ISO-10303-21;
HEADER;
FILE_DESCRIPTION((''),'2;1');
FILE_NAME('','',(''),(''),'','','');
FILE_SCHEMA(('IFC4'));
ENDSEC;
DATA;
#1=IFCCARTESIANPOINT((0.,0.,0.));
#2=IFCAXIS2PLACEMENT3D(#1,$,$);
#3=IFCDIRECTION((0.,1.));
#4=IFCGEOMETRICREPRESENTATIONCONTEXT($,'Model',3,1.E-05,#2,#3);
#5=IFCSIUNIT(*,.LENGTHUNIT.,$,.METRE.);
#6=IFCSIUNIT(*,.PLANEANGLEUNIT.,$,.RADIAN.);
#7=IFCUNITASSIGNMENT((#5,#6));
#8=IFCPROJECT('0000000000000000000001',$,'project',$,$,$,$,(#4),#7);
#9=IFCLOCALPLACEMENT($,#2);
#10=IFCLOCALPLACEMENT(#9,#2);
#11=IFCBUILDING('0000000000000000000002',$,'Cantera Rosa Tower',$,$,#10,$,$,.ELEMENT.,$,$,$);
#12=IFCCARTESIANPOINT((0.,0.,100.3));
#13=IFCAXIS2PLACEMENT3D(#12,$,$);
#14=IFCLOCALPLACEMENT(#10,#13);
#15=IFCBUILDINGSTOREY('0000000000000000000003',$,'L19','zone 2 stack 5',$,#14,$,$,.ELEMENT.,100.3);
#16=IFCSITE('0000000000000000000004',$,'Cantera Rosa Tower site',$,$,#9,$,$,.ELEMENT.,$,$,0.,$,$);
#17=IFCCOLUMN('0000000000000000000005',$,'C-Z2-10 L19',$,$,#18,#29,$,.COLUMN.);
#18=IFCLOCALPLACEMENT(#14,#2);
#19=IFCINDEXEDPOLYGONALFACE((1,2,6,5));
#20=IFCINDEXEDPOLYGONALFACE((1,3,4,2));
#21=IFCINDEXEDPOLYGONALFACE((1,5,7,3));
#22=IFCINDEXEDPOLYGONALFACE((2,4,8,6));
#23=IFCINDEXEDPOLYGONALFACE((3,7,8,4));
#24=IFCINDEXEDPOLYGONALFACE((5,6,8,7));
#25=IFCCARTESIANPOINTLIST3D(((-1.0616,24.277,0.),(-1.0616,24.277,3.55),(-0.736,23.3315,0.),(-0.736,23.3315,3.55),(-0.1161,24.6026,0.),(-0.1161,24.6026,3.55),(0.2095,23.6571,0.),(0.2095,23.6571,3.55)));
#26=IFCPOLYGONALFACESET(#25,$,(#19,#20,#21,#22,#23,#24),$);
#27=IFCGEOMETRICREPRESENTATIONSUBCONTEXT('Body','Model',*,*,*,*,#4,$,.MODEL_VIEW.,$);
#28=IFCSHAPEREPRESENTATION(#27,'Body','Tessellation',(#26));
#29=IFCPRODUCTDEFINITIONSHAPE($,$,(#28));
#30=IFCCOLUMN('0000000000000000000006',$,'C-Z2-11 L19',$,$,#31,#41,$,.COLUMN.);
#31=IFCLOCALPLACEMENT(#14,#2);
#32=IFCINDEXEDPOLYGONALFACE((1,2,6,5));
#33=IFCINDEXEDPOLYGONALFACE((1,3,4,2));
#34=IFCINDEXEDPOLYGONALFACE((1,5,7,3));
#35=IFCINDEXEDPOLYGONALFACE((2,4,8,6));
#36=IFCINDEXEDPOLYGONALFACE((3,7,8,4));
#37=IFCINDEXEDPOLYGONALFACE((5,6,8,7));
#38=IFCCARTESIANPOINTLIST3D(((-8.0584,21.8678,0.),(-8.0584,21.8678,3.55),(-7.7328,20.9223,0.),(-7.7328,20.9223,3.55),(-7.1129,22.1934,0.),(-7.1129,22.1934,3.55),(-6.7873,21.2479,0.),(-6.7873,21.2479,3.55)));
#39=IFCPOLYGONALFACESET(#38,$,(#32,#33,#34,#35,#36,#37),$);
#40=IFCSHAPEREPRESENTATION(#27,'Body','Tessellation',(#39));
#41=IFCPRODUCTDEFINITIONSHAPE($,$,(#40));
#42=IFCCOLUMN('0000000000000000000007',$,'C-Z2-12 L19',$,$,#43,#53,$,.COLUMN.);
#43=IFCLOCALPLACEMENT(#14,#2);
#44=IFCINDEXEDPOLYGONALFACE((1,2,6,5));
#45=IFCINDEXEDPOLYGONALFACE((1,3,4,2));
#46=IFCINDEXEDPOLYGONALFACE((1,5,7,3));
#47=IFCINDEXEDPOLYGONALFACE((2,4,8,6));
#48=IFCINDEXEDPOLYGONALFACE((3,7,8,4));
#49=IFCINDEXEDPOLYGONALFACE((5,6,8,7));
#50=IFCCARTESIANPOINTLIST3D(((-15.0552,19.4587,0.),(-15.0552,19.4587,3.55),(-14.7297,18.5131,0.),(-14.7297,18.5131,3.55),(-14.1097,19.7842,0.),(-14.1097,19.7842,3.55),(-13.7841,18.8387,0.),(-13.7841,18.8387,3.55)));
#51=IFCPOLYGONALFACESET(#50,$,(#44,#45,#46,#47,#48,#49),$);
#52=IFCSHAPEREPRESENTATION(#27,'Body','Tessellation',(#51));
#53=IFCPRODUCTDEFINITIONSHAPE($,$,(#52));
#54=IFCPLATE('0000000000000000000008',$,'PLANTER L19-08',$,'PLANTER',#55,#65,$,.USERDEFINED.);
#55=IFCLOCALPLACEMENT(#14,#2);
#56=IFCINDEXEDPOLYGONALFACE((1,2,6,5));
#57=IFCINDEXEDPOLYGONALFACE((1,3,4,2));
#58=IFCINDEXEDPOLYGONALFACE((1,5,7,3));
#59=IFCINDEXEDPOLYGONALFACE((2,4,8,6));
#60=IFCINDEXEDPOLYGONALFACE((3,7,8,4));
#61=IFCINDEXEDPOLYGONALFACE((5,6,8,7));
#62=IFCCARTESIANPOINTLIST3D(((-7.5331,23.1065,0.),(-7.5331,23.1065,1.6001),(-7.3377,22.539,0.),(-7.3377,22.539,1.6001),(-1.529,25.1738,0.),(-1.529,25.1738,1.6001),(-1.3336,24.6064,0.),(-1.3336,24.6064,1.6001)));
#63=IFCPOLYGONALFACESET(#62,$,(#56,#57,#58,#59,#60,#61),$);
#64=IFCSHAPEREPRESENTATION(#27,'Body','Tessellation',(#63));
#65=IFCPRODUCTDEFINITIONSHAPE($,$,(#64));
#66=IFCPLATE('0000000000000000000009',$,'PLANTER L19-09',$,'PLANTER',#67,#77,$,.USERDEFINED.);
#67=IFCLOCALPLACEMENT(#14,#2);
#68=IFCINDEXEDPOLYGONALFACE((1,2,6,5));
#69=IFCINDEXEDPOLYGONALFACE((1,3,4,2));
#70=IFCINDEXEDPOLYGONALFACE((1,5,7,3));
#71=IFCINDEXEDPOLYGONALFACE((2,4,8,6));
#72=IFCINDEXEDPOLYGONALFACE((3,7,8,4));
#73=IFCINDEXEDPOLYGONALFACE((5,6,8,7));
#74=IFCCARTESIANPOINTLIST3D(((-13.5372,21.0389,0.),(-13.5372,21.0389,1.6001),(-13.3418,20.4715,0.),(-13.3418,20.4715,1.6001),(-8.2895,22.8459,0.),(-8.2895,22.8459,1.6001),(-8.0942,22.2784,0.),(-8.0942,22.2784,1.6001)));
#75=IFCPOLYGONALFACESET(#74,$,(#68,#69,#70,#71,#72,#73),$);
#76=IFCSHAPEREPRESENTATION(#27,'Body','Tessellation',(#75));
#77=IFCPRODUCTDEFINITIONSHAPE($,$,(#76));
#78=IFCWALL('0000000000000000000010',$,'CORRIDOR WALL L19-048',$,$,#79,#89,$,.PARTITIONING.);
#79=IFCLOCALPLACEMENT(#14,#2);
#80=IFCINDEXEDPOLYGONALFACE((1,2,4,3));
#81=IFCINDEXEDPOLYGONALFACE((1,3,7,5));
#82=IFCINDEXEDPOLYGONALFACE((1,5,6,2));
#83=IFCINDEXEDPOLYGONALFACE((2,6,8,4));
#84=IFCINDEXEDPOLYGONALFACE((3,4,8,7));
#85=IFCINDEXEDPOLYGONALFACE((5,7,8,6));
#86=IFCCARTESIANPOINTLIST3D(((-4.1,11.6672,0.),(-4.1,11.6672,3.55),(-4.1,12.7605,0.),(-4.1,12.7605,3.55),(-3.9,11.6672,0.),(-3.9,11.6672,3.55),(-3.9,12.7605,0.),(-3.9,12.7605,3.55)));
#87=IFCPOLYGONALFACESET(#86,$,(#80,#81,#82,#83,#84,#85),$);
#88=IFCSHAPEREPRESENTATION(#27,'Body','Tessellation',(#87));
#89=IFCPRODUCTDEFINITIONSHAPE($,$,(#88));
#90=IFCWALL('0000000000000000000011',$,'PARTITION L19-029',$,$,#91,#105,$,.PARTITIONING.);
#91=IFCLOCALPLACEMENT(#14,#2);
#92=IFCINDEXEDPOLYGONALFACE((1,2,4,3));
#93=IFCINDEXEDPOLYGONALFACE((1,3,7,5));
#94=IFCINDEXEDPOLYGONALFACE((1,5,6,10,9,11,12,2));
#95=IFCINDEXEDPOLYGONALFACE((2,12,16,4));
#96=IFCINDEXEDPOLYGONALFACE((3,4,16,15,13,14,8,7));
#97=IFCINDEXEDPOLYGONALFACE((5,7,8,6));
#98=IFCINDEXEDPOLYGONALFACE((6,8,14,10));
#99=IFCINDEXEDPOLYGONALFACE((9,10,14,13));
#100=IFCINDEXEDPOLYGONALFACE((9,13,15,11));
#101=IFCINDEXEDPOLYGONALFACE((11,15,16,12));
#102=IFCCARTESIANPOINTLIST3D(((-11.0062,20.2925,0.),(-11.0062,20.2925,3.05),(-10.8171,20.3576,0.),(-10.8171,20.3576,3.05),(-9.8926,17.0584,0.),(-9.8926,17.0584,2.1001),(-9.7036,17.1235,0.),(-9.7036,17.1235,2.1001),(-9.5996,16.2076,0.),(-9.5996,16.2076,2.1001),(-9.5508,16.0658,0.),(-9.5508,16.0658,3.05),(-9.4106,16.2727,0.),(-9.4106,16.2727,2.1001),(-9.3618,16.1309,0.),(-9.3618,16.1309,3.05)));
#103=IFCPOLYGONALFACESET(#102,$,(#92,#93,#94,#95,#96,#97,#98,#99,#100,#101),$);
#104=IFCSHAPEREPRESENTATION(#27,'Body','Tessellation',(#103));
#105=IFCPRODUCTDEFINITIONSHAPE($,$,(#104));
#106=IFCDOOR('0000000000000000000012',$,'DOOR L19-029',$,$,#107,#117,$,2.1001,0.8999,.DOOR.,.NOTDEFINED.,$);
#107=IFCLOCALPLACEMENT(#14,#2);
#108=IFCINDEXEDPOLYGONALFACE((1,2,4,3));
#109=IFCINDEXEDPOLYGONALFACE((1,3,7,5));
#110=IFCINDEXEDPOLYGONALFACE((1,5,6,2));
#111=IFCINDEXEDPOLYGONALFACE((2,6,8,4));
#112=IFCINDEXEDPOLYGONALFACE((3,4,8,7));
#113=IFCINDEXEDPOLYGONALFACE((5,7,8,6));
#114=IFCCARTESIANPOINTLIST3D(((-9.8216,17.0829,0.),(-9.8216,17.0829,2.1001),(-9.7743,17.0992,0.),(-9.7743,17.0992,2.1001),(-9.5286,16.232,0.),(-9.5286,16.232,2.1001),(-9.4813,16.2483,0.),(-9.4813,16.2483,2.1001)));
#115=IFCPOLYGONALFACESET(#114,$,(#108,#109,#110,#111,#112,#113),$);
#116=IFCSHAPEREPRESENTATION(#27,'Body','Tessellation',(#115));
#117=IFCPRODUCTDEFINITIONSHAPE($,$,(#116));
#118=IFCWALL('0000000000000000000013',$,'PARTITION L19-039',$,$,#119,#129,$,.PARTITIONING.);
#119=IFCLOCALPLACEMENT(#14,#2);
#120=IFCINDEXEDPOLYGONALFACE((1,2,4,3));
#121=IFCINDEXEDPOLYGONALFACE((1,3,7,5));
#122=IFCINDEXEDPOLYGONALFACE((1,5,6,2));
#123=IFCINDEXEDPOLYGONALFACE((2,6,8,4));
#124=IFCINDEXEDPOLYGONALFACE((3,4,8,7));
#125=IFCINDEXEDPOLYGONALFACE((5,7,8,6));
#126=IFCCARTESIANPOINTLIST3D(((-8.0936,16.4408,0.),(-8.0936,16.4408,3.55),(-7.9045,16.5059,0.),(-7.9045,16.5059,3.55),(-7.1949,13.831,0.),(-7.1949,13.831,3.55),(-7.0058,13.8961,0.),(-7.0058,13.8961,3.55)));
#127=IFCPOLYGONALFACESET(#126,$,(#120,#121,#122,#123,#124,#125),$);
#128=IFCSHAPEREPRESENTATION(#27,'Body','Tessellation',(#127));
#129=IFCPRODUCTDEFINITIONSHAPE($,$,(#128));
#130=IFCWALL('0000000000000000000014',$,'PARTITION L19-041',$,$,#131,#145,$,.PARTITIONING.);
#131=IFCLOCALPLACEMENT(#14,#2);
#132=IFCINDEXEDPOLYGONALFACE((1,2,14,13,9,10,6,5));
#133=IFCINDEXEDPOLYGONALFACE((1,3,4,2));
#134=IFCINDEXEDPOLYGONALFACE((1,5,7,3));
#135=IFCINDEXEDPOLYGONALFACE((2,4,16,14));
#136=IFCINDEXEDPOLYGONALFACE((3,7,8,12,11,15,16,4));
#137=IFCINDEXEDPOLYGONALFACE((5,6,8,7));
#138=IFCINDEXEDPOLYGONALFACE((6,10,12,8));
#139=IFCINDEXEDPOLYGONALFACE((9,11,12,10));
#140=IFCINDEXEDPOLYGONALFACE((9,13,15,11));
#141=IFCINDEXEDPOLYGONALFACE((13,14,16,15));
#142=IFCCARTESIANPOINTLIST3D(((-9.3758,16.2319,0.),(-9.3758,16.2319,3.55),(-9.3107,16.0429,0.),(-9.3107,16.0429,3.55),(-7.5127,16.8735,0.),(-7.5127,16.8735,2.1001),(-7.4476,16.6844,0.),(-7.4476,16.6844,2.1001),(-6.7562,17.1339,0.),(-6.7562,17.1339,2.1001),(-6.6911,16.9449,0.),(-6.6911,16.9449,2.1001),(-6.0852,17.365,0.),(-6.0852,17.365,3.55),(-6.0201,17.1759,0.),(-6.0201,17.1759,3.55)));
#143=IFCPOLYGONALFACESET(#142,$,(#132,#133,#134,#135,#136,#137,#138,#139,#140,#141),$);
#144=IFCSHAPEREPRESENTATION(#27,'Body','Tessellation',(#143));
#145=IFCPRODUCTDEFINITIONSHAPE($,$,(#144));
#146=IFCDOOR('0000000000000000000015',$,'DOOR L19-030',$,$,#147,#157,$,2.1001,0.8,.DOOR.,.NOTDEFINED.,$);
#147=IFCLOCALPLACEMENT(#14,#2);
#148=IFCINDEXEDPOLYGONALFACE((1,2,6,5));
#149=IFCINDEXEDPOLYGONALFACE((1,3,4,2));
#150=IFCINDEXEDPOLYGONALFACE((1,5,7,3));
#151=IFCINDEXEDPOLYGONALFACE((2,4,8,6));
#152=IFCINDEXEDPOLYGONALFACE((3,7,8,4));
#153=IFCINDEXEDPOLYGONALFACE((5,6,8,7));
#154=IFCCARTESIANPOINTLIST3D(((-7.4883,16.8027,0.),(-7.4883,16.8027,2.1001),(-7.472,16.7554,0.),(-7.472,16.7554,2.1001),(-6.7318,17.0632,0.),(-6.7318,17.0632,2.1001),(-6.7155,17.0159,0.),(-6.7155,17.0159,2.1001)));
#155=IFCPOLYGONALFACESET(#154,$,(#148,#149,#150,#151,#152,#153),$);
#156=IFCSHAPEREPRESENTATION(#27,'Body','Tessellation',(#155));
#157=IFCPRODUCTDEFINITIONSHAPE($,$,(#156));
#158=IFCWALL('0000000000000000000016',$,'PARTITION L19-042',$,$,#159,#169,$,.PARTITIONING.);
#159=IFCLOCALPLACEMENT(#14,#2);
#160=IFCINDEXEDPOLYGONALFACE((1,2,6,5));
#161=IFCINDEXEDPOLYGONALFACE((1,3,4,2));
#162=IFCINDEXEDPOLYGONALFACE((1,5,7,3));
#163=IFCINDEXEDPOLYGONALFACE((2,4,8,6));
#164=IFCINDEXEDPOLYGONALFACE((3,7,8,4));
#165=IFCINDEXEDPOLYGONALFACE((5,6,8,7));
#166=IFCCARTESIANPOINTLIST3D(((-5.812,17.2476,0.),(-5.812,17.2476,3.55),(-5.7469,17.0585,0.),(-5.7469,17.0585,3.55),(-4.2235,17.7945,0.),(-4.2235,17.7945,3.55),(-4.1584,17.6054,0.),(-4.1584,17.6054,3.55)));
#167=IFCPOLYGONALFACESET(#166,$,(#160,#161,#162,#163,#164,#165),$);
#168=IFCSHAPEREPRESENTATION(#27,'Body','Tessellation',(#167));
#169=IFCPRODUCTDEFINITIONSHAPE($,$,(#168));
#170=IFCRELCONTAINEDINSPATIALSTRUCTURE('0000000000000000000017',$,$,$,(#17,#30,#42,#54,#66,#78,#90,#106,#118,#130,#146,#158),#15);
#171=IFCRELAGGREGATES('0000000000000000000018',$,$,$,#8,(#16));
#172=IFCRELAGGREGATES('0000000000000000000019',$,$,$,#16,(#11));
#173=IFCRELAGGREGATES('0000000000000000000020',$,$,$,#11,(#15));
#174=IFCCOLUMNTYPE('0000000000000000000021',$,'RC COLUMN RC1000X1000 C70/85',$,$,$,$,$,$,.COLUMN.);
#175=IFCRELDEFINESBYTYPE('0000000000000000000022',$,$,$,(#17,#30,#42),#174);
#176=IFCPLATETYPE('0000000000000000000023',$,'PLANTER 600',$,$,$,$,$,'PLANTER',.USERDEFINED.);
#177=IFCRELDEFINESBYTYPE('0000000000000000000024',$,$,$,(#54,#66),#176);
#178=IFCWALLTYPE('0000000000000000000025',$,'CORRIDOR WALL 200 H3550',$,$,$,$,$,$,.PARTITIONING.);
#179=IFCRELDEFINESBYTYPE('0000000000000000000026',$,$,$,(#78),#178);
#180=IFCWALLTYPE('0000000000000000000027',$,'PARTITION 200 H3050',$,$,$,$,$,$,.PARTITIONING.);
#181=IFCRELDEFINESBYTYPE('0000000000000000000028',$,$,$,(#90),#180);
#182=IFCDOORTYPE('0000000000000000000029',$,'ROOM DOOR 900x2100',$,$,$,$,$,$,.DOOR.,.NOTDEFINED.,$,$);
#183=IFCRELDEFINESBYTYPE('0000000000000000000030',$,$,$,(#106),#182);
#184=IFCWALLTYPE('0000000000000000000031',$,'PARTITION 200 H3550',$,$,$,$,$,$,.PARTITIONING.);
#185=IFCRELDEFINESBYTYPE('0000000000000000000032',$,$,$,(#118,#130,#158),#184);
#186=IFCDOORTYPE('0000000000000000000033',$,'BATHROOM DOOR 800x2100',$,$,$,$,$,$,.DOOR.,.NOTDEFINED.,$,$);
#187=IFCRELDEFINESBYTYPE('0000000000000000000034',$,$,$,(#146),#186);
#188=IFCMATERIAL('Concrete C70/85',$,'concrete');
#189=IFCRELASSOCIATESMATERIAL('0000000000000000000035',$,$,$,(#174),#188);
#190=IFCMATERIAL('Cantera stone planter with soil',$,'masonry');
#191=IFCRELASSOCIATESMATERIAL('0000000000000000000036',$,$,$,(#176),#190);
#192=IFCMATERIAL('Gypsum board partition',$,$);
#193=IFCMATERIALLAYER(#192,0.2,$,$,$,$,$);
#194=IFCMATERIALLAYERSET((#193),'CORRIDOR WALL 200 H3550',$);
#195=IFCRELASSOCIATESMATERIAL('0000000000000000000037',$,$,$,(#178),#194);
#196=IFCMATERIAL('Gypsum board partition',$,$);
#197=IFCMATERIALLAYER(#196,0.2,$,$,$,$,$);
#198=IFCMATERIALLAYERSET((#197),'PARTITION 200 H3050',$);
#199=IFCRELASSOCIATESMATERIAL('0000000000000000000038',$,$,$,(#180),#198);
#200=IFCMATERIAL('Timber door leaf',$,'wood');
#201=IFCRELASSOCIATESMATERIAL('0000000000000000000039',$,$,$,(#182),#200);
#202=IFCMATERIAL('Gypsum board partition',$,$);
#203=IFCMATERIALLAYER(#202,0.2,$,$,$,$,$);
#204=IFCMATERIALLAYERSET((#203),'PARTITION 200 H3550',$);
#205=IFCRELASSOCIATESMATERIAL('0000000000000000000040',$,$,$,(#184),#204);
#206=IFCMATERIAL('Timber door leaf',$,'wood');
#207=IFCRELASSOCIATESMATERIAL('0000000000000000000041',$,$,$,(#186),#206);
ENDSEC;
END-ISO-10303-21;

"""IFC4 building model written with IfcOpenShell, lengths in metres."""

from ifc_helpers import new_model, si_unit, direction, frame, frame_2d, origin, origin_2d, place, context, subcontext, project, spatial, rectangle, extrude, material, layer, layer_set, material_profile, profile_set, type_object, element, fill, save


model = new_model("IFC4")

# Units and contexts
model_context = context("Model", 3, precision=1e-05, world=origin(), true_north=direction((0.0, 1.0)))
body_context = subcontext(model_context, "Body", "Model", "MODEL_VIEW")
ifc_project = project(units=[si_unit("LENGTHUNIT", "METRE"), si_unit("PLANEANGLEUNIT", "RADIAN")], contexts=[model_context])

# Site, building, storey
site_placement = place(None, origin())
site = spatial("IfcSite", under=ifc_project, at=site_placement, Name="Cantera Rosa Tower site", CompositionType="ELEMENT", RefElevation=0.0)
building_placement = place(site_placement, origin())
building = spatial("IfcBuilding", under=site, at=building_placement, Name="Cantera Rosa Tower", CompositionType="ELEMENT")
storey_placement = place(building_placement, frame((0.0, 0.0, 100.3)))
storey = spatial("IfcBuildingStorey", under=building, at=storey_placement, Name="L19", Description="zone 2 stack 5", CompositionType="ELEMENT", Elevation=100.3)

# Columns
ifc_material_1 = material(Name="Concrete C70/85", Category="concrete")
ifc_material_profile = material_profile(ifc_material_1, rectangle(XDim=1.0, YDim=1.0, at=origin_2d()), Name="RC COLUMN RC1000X1000 C70/85")
ifc_profile_set = profile_set([ifc_material_profile], Name="Concrete C70/85")
column_type = type_object("IfcColumnType", Name="RC COLUMN RC1000X1000 C70/85", PredefinedType="COLUMN", material=ifc_profile_set)
for number, where, z_axis, x_axis, name in (
    (1, (-0.426, 23.967, 0.0), (0.0, 0.0, 1.0), (0.945519, 0.325568, 0.0), "C-Z2-10 L19"),
    (2, (-7.4229, 21.5579, 0.0), (0.0, 0.0, 1.0), (0.945519, 0.325568, 0.0), "C-Z2-11 L19"),
    (3, (-14.4197, 19.1487, 0.0), (0.0, 0.0, 1.0), (0.945519, 0.325568, 0.0), "C-Z2-12 L19"),
):
    element("IfcColumn", number, at=place(storey_placement, frame(where, z_axis=z_axis, x_axis=x_axis)), inside=storey, type_object=column_type, Name=name, PredefinedType="COLUMN", context=body_context, shape_type="SweptSolid", body=[
        extrude(rectangle(XDim=1.0, YDim=1.0, at=origin_2d()), origin(), (0.0, 0.0, 1.0), 3.55),
    ])

# Plates
ifc_material_2 = material(Name="Cantera stone planter with soil", Category="masonry")
plate_type = type_object("IfcPlateType", Name="PLANTER 600", ElementType="PLANTER", PredefinedType="USERDEFINED", material=ifc_material_2)
plate_1_placement = place(storey_placement, frame((-4.4333, 23.8564, 0.0), z_axis=(0.0, 0.0, 1.0), x_axis=(-0.945519, -0.325568, 0.0)))
element("IfcPlate", 4, at=plate_1_placement, inside=storey, type_object=plate_type, Name="PLANTER L19-08", ObjectType="PLANTER", PredefinedType="USERDEFINED", context=body_context, shape_type="SweptSolid", body=[
    extrude(rectangle(XDim=6.3501, YDim=0.6001, at=origin_2d()), origin(), (0.0, 0.0, 1.0), 1.6001),
])
plate_2_placement = place(storey_placement, frame((-10.8157, 21.6587, 0.0), z_axis=(0.0, 0.0, 1.0), x_axis=(-0.945519, -0.325568, 0.0)))
element("IfcPlate", 5, at=plate_2_placement, inside=storey, type_object=plate_type, Name="PLANTER L19-09", ObjectType="PLANTER", PredefinedType="USERDEFINED", context=body_context, shape_type="SweptSolid", body=[
    extrude(rectangle(XDim=5.55, YDim=0.6001, at=origin_2d()), origin(), (0.0, 0.0, 1.0), 1.6001),
])

# Wall
ifc_material_3 = material(Name="Gypsum board partition")
ifc_layer_1 = layer(ifc_material_3, 0.2)
ifc_layer_set_1 = layer_set([ifc_layer_1], Name="CORRIDOR WALL 200 H3550")
wall_type_1 = type_object("IfcWallType", Name="CORRIDOR WALL 200 H3550", PredefinedType="PARTITIONING", material=ifc_layer_set_1)
wall_1_placement = place(storey_placement, frame((-4.0, 12.7605, 0.0), z_axis=(0.0, 0.0, 1.0), x_axis=(0.0, -1.0, 0.0)))
element("IfcWall", 6, at=wall_1_placement, inside=storey, type_object=wall_type_1, Name="CORRIDOR WALL L19-048", PredefinedType="PARTITIONING", context=body_context, shape_type="SweptSolid", body=[
    extrude(rectangle(XDim=1.0933, YDim=0.2, at=frame_2d((0.5466, 0.0))), origin(), (0.0, 0.0, 1.0), 3.55),
])

# Wall, opening, door
ifc_material_4 = material(Name="Gypsum board partition")
ifc_layer_2 = layer(ifc_material_4, 0.2)
ifc_layer_set_2 = layer_set([ifc_layer_2], Name="PARTITION 200 H3050")
wall_type_2 = type_object("IfcWallType", Name="PARTITION 200 H3050", PredefinedType="PARTITIONING", material=ifc_layer_set_2)
wall_2_placement = place(storey_placement, frame((-9.4563, 16.0984, 0.0), z_axis=(0.0, 0.0, 1.0), x_axis=(-0.325568, 0.945519, 0.0)))
wall_2 = element("IfcWall", 7, at=wall_2_placement, inside=storey, type_object=wall_type_2, Name="PARTITION L19-029", PredefinedType="PARTITIONING", context=body_context, shape_type="SweptSolid", body=[
    extrude(rectangle(XDim=4.4702, YDim=0.2, at=frame_2d((2.2351, 0.0))), origin(), (0.0, 0.0, 1.0), 3.05),
])
opening_1_placement = place(wall_2_placement, frame((0.1499, 0.0, 0.0)))
opening_1 = element("IfcOpeningElement", 8, at=opening_1_placement, cuts=wall_2, PredefinedType="OPENING", context=body_context, shape_type="SweptSolid", body=[
    extrude(rectangle(XDim=0.8999, YDim=2.1001, at=frame_2d((0.45, 1.05))), frame((0.0, 0.1099, 0.0), z_axis=(0.0, -1.0, 0.0), x_axis=(1.0, 0.0, 0.0)), (0.0, 0.0, 1.0), 0.22),
])
ifc_material_5 = material(Name="Timber door leaf", Category="wood")
door_type_1 = type_object("IfcDoorType", Name="ROOM DOOR 900x2100", OperationType="NOTDEFINED", PredefinedType="DOOR", material=ifc_material_5)
door_1_placement = place(opening_1_placement, origin())
door_1 = element("IfcDoor", 9, at=door_1_placement, inside=storey, type_object=door_type_1, Name="DOOR L19-029", OperationType="NOTDEFINED", OverallHeight=2.1001, OverallWidth=0.8999, PredefinedType="DOOR", context=body_context, shape_type="SweptSolid", body=[
    extrude(rectangle(XDim=0.8999, YDim=2.1001, at=frame_2d((0.45, 1.05))), frame((0.0, 0.0249, 0.0), z_axis=(0.0, -1.0, 0.0), x_axis=(1.0, 0.0, 0.0)), (0.0, 0.0, 1.0), 0.05),
])
fill(opening_1, door_1)

# Wall
ifc_material_6 = material(Name="Gypsum board partition")
ifc_layer_3 = layer(ifc_material_6, 0.2)
ifc_layer_set_3 = layer_set([ifc_layer_3], Name="PARTITION 200 H3550")
wall_type_3 = type_object("IfcWallType", Name="PARTITION 200 H3550", PredefinedType="PARTITIONING", material=ifc_layer_set_3)
wall_3_placement = place(storey_placement, frame((-7.1003, 13.8635, 0.0), z_axis=(0.0, 0.0, 1.0), x_axis=(-0.325579, 0.945515, 0.0)))
element("IfcWall", 10, at=wall_3_placement, inside=storey, type_object=wall_type_3, Name="PARTITION L19-039", PredefinedType="PARTITIONING", context=body_context, shape_type="SweptSolid", body=[
    extrude(rectangle(XDim=2.7603, YDim=0.2, at=frame_2d((1.3801, 0.0))), origin(), (0.0, 0.0, 1.0), 3.55),
])

# Wall, opening, door
wall_4_placement = place(storey_placement, frame((-6.0525, 17.2705, 0.0), z_axis=(0.0, 0.0, 1.0), x_axis=(-0.945515, -0.325578, 0.0)))
wall_4 = element("IfcWall", 11, at=wall_4_placement, inside=storey, type_object=wall_type_3, Name="PARTITION L19-041", PredefinedType="PARTITIONING", context=body_context, shape_type="SweptSolid", body=[
    extrude(rectangle(XDim=3.4802, YDim=0.2, at=frame_2d((1.7402, 0.0))), origin(), (0.0, 0.0, 1.0), 3.55),
])
opening_2_placement = place(wall_4_placement, frame((0.71, 0.0, 0.0)))
opening_2 = element("IfcOpeningElement", 12, at=opening_2_placement, cuts=wall_4, PredefinedType="OPENING", context=body_context, shape_type="SweptSolid", body=[
    extrude(rectangle(XDim=0.8, YDim=2.1001, at=frame_2d((0.3999, 1.05))), frame((0.0, 0.1099, 0.0), z_axis=(0.0, -1.0, 0.0), x_axis=(1.0, 0.0, 0.0)), (0.0, 0.0, 1.0), 0.22),
])
ifc_material_7 = material(Name="Timber door leaf", Category="wood")
door_type_2 = type_object("IfcDoorType", Name="BATHROOM DOOR 800x2100", OperationType="NOTDEFINED", PredefinedType="DOOR", material=ifc_material_7)
door_2_placement = place(opening_2_placement, origin())
door_2 = element("IfcDoor", 13, at=door_2_placement, inside=storey, type_object=door_type_2, Name="DOOR L19-030", OperationType="NOTDEFINED", OverallHeight=2.1001, OverallWidth=0.8, PredefinedType="DOOR", context=body_context, shape_type="SweptSolid", body=[
    extrude(rectangle(XDim=0.8, YDim=2.1001, at=frame_2d((0.3999, 1.05))), frame((0.0, 0.0249, 0.0), z_axis=(0.0, -1.0, 0.0), x_axis=(1.0, 0.0, 0.0)), (0.0, 0.0, 1.0), 0.05),
])
fill(opening_2, door_2)

# Wall
wall_5_placement = place(storey_placement, frame((-5.7793, 17.1531, 0.0), z_axis=(0.0, 0.0, 1.0), x_axis=(0.945527, 0.325543, 0.0)))
element("IfcWall", 14, at=wall_5_placement, inside=storey, type_object=wall_type_3, Name="PARTITION L19-042", PredefinedType="PARTITIONING", context=body_context, shape_type="SweptSolid", body=[
    extrude(rectangle(XDim=1.6799, YDim=0.2, at=frame_2d((0.8398, 0.0))), origin(), (0.0, 0.0, 1.0), 3.55),
])

save(model, "model.ifc")
